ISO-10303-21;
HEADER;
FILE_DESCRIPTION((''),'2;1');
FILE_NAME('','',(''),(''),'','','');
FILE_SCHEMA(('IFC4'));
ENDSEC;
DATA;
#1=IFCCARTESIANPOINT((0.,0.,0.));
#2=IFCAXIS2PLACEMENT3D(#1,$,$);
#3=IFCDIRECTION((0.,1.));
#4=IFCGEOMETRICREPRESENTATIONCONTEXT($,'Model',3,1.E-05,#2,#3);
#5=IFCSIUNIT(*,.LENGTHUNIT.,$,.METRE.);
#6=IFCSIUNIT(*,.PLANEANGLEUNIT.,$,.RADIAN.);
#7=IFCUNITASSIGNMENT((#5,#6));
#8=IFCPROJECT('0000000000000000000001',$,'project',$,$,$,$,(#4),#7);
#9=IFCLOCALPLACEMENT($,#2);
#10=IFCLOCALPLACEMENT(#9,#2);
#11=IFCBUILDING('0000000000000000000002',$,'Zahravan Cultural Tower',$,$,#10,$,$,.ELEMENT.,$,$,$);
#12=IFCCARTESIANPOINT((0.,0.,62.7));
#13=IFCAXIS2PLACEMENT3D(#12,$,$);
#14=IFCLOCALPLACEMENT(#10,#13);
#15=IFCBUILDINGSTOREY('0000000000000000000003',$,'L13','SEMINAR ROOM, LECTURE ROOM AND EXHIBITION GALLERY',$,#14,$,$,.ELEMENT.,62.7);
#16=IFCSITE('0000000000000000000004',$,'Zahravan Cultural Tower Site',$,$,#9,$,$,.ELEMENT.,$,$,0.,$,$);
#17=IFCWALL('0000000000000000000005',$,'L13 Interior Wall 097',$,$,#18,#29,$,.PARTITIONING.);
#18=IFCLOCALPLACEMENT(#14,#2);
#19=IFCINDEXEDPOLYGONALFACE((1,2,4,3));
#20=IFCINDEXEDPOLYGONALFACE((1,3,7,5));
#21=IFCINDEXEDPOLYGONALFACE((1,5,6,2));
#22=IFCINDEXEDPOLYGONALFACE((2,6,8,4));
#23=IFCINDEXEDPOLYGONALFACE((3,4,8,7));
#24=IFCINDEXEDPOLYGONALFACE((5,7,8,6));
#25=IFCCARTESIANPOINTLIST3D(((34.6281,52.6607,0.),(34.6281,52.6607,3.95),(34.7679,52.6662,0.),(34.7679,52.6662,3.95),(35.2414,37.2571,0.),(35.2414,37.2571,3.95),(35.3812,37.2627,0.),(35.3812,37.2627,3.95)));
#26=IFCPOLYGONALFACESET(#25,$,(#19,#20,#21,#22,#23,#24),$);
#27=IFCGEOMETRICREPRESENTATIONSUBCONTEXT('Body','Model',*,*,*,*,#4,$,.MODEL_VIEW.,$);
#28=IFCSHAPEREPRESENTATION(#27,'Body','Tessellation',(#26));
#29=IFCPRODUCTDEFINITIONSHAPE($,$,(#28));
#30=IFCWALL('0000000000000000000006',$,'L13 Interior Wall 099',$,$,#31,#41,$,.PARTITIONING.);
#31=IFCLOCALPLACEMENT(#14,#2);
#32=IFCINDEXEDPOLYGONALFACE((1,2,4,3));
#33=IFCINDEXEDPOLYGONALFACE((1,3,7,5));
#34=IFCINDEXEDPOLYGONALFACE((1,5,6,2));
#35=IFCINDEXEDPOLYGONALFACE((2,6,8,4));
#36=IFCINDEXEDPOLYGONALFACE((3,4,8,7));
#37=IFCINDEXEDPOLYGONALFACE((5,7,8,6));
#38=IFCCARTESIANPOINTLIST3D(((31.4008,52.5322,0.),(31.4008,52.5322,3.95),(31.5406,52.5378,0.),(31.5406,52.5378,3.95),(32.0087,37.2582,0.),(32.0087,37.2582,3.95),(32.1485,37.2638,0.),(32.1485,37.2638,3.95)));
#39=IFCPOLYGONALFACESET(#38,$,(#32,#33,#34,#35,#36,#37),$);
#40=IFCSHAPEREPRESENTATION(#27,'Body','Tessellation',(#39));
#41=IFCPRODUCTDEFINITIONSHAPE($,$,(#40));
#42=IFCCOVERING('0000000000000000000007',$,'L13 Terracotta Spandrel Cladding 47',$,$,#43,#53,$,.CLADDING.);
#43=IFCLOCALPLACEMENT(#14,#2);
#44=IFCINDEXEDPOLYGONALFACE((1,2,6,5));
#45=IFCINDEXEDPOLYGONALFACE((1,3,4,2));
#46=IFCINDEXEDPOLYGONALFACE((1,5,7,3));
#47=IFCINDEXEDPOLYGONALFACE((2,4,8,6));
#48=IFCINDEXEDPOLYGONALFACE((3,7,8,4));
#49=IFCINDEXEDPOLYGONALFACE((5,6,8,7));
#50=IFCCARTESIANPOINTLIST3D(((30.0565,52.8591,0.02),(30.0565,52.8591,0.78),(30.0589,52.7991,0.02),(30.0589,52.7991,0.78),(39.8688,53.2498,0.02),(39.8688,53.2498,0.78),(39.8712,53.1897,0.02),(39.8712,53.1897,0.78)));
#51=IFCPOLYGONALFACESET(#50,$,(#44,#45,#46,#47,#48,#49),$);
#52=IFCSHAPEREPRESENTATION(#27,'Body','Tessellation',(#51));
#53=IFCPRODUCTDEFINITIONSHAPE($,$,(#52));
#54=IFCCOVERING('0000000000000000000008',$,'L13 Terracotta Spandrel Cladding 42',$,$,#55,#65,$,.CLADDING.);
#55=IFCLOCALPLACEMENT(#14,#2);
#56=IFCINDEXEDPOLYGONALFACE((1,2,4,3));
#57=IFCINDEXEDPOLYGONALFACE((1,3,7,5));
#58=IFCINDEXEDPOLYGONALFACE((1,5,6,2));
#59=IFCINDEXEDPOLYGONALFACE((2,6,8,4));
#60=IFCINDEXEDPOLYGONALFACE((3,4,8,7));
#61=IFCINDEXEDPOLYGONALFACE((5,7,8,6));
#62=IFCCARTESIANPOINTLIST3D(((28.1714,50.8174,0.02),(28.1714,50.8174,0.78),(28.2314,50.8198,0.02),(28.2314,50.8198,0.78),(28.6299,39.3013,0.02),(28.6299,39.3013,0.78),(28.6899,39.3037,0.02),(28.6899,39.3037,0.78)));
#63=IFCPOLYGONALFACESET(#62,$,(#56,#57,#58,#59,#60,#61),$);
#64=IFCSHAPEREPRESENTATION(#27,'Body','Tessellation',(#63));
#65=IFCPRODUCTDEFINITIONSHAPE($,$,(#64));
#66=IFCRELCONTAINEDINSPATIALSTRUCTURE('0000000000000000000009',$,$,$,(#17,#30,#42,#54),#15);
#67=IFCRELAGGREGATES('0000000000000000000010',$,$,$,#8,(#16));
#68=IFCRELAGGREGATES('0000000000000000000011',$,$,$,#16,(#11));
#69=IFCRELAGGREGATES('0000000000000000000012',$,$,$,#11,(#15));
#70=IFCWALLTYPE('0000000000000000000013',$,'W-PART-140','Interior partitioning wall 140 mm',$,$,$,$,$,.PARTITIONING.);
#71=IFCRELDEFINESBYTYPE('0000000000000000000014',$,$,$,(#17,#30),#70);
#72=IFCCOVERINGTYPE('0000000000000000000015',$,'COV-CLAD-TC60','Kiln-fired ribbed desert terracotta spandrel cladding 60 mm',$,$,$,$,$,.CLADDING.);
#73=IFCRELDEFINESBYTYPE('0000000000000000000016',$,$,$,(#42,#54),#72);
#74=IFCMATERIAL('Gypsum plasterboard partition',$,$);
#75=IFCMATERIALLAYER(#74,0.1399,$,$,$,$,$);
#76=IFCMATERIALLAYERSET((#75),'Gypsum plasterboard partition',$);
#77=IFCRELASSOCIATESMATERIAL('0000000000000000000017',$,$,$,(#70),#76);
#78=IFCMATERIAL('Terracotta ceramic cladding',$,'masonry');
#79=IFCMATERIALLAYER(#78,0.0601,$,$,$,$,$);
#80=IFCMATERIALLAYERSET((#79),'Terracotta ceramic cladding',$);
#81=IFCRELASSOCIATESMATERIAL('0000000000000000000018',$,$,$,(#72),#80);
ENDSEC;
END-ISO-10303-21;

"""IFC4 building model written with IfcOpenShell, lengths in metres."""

from ifc_helpers import new_model, si_unit, direction, frame, frame_2d, origin, origin_2d, place, context, subcontext, project, spatial, rectangle, extrude, source, transform, mapped, material, layer, layer_set, type_object, element, save


model = new_model("IFC4")

# Units and contexts
model_context = context("Model", 3, precision=1e-05, world=origin(), true_north=direction((0.0, 1.0)))
body_context = subcontext(model_context, "Body", "Model", "MODEL_VIEW")
ifc_project = project(units=[si_unit("LENGTHUNIT", "METRE"), si_unit("PLANEANGLEUNIT", "RADIAN")], contexts=[model_context])

# Site, building, storey
site_placement = place(None, origin())
site = spatial("IfcSite", under=ifc_project, at=site_placement, Name="Zahravan Cultural Tower Site", CompositionType="ELEMENT", RefElevation=0.0)
building_placement = place(site_placement, origin())
building = spatial("IfcBuilding", under=site, at=building_placement, Name="Zahravan Cultural Tower", CompositionType="ELEMENT")
storey_placement = place(building_placement, frame((0.0, 0.0, 62.7)))
storey = spatial("IfcBuildingStorey", under=building, at=storey_placement, Name="L13", Description="SEMINAR ROOM, LECTURE ROOM AND EXHIBITION GALLERY", CompositionType="ELEMENT", Elevation=62.7)

# Shared definitions
ifc_material_1 = material(Name="Gypsum plasterboard partition")
ifc_layer_1 = layer(ifc_material_1, 0.1399)
ifc_layer_set_1 = layer_set([ifc_layer_1], Name="Gypsum plasterboard partition")
wall_type_1 = type_object("IfcWallType", Name="W-PART-140", Description="Interior partitioning wall 140 mm", PredefinedType="PARTITIONING", material=ifc_layer_set_1)

# Walls
shared_shape_1 = source(origin(), body_context, "Body", "SweptSolid", [
    extrude(rectangle(XDim=15.4158, YDim=0.1399, at=frame_2d((7.708, 0.0))), origin(), (0.0, 0.0, 1.0), 3.95),
])
wall_1_placement = place(storey_placement, frame((34.698, 52.6636, 0.0), z_axis=(0.0, 0.0, 1.0), x_axis=(0.039783, -0.999208, 0.0)))
element("IfcWall", 1, at=wall_1_placement, inside=storey, type_object=wall_type_1, Name="L13 Interior Wall 097", PredefinedType="PARTITIONING", context=body_context, shape_type="MappedRepresentation", body=[
    mapped(shared_shape_1, transform((0.0, 0.0, 0.0), x_axis=(1.0, 0.0, 0.0), y_axis=(0.0, 1.0, 0.0), z_axis=(0.0, 0.0, 1.0), scale=1.0)),
])
shared_shape_2 = source(origin(), body_context, "Body", "SweptSolid", [
    extrude(rectangle(XDim=15.2861, YDim=0.1399, at=frame_2d((7.6431, 0.0))), origin(), (0.0, 0.0, 1.0), 3.95),
])
wall_2_placement = place(storey_placement, frame((32.0786, 37.261, 0.0), z_axis=(0.0, 0.0, 1.0), x_axis=(-0.039769, 0.999209, 0.0)))
element("IfcWall", 2, at=wall_2_placement, inside=storey, type_object=wall_type_1, Name="L13 Interior Wall 099", PredefinedType="PARTITIONING", context=body_context, shape_type="MappedRepresentation", body=[
    mapped(shared_shape_2, transform((0.0, 0.0, 0.0), x_axis=(1.0, 0.0, 0.0), y_axis=(0.0, 1.0, 0.0), z_axis=(0.0, 0.0, 1.0), scale=1.0)),
])

# Coverings
ifc_material_2 = material(Name="Terracotta ceramic cladding", Category="masonry")
ifc_layer_2 = layer(ifc_material_2, 0.0601)
ifc_layer_set_2 = layer_set([ifc_layer_2], Name="Terracotta ceramic cladding")
covering_type = type_object("IfcCoveringType", Name="COV-CLAD-TC60", Description="Kiln-fired ribbed desert terracotta spandrel cladding 60 mm", PredefinedType="CLADDING", material=ifc_layer_set_2)
shared_shape_3 = source(origin(), body_context, "Body", "SweptSolid", [
    extrude(rectangle(XDim=9.8201, YDim=0.0601, at=origin_2d()), origin(), (0.0, 0.0, 1.0), 0.76),
])
covering_1_placement = place(storey_placement, frame((34.9639, 53.0244, 0.02), z_axis=(0.0, 0.0, 1.0), x_axis=(0.999208, 0.039783, 0.0)))
element("IfcCovering", 3, at=covering_1_placement, inside=storey, type_object=covering_type, Name="L13 Terracotta Spandrel Cladding 47", PredefinedType="CLADDING", context=body_context, shape_type="MappedRepresentation", body=[
    mapped(shared_shape_3, transform((0.0, 0.0, 0.0), x_axis=(1.0, 0.0, 0.0), y_axis=(0.0, 1.0, 0.0), z_axis=(0.0, 0.0, 1.0), scale=1.0)),
])
shared_shape_4 = source(origin(), body_context, "Body", "SweptSolid", [
    extrude(rectangle(XDim=11.5251, YDim=0.0601, at=origin_2d()), origin(), (0.0, 0.0, 1.0), 0.76),
])
covering_2_placement = place(storey_placement, frame((28.4307, 45.0605, 0.02), z_axis=(0.0, 0.0, 1.0), x_axis=(-0.039783, 0.999208, 0.0)))
element("IfcCovering", 4, at=covering_2_placement, inside=storey, type_object=covering_type, Name="L13 Terracotta Spandrel Cladding 42", PredefinedType="CLADDING", context=body_context, shape_type="MappedRepresentation", body=[
    mapped(shared_shape_4, transform((0.0, 0.0, 0.0), x_axis=(1.0, 0.0, 0.0), y_axis=(0.0, 1.0, 0.0), z_axis=(0.0, 0.0, 1.0), scale=1.0)),
])

save(model, "model.ifc")
